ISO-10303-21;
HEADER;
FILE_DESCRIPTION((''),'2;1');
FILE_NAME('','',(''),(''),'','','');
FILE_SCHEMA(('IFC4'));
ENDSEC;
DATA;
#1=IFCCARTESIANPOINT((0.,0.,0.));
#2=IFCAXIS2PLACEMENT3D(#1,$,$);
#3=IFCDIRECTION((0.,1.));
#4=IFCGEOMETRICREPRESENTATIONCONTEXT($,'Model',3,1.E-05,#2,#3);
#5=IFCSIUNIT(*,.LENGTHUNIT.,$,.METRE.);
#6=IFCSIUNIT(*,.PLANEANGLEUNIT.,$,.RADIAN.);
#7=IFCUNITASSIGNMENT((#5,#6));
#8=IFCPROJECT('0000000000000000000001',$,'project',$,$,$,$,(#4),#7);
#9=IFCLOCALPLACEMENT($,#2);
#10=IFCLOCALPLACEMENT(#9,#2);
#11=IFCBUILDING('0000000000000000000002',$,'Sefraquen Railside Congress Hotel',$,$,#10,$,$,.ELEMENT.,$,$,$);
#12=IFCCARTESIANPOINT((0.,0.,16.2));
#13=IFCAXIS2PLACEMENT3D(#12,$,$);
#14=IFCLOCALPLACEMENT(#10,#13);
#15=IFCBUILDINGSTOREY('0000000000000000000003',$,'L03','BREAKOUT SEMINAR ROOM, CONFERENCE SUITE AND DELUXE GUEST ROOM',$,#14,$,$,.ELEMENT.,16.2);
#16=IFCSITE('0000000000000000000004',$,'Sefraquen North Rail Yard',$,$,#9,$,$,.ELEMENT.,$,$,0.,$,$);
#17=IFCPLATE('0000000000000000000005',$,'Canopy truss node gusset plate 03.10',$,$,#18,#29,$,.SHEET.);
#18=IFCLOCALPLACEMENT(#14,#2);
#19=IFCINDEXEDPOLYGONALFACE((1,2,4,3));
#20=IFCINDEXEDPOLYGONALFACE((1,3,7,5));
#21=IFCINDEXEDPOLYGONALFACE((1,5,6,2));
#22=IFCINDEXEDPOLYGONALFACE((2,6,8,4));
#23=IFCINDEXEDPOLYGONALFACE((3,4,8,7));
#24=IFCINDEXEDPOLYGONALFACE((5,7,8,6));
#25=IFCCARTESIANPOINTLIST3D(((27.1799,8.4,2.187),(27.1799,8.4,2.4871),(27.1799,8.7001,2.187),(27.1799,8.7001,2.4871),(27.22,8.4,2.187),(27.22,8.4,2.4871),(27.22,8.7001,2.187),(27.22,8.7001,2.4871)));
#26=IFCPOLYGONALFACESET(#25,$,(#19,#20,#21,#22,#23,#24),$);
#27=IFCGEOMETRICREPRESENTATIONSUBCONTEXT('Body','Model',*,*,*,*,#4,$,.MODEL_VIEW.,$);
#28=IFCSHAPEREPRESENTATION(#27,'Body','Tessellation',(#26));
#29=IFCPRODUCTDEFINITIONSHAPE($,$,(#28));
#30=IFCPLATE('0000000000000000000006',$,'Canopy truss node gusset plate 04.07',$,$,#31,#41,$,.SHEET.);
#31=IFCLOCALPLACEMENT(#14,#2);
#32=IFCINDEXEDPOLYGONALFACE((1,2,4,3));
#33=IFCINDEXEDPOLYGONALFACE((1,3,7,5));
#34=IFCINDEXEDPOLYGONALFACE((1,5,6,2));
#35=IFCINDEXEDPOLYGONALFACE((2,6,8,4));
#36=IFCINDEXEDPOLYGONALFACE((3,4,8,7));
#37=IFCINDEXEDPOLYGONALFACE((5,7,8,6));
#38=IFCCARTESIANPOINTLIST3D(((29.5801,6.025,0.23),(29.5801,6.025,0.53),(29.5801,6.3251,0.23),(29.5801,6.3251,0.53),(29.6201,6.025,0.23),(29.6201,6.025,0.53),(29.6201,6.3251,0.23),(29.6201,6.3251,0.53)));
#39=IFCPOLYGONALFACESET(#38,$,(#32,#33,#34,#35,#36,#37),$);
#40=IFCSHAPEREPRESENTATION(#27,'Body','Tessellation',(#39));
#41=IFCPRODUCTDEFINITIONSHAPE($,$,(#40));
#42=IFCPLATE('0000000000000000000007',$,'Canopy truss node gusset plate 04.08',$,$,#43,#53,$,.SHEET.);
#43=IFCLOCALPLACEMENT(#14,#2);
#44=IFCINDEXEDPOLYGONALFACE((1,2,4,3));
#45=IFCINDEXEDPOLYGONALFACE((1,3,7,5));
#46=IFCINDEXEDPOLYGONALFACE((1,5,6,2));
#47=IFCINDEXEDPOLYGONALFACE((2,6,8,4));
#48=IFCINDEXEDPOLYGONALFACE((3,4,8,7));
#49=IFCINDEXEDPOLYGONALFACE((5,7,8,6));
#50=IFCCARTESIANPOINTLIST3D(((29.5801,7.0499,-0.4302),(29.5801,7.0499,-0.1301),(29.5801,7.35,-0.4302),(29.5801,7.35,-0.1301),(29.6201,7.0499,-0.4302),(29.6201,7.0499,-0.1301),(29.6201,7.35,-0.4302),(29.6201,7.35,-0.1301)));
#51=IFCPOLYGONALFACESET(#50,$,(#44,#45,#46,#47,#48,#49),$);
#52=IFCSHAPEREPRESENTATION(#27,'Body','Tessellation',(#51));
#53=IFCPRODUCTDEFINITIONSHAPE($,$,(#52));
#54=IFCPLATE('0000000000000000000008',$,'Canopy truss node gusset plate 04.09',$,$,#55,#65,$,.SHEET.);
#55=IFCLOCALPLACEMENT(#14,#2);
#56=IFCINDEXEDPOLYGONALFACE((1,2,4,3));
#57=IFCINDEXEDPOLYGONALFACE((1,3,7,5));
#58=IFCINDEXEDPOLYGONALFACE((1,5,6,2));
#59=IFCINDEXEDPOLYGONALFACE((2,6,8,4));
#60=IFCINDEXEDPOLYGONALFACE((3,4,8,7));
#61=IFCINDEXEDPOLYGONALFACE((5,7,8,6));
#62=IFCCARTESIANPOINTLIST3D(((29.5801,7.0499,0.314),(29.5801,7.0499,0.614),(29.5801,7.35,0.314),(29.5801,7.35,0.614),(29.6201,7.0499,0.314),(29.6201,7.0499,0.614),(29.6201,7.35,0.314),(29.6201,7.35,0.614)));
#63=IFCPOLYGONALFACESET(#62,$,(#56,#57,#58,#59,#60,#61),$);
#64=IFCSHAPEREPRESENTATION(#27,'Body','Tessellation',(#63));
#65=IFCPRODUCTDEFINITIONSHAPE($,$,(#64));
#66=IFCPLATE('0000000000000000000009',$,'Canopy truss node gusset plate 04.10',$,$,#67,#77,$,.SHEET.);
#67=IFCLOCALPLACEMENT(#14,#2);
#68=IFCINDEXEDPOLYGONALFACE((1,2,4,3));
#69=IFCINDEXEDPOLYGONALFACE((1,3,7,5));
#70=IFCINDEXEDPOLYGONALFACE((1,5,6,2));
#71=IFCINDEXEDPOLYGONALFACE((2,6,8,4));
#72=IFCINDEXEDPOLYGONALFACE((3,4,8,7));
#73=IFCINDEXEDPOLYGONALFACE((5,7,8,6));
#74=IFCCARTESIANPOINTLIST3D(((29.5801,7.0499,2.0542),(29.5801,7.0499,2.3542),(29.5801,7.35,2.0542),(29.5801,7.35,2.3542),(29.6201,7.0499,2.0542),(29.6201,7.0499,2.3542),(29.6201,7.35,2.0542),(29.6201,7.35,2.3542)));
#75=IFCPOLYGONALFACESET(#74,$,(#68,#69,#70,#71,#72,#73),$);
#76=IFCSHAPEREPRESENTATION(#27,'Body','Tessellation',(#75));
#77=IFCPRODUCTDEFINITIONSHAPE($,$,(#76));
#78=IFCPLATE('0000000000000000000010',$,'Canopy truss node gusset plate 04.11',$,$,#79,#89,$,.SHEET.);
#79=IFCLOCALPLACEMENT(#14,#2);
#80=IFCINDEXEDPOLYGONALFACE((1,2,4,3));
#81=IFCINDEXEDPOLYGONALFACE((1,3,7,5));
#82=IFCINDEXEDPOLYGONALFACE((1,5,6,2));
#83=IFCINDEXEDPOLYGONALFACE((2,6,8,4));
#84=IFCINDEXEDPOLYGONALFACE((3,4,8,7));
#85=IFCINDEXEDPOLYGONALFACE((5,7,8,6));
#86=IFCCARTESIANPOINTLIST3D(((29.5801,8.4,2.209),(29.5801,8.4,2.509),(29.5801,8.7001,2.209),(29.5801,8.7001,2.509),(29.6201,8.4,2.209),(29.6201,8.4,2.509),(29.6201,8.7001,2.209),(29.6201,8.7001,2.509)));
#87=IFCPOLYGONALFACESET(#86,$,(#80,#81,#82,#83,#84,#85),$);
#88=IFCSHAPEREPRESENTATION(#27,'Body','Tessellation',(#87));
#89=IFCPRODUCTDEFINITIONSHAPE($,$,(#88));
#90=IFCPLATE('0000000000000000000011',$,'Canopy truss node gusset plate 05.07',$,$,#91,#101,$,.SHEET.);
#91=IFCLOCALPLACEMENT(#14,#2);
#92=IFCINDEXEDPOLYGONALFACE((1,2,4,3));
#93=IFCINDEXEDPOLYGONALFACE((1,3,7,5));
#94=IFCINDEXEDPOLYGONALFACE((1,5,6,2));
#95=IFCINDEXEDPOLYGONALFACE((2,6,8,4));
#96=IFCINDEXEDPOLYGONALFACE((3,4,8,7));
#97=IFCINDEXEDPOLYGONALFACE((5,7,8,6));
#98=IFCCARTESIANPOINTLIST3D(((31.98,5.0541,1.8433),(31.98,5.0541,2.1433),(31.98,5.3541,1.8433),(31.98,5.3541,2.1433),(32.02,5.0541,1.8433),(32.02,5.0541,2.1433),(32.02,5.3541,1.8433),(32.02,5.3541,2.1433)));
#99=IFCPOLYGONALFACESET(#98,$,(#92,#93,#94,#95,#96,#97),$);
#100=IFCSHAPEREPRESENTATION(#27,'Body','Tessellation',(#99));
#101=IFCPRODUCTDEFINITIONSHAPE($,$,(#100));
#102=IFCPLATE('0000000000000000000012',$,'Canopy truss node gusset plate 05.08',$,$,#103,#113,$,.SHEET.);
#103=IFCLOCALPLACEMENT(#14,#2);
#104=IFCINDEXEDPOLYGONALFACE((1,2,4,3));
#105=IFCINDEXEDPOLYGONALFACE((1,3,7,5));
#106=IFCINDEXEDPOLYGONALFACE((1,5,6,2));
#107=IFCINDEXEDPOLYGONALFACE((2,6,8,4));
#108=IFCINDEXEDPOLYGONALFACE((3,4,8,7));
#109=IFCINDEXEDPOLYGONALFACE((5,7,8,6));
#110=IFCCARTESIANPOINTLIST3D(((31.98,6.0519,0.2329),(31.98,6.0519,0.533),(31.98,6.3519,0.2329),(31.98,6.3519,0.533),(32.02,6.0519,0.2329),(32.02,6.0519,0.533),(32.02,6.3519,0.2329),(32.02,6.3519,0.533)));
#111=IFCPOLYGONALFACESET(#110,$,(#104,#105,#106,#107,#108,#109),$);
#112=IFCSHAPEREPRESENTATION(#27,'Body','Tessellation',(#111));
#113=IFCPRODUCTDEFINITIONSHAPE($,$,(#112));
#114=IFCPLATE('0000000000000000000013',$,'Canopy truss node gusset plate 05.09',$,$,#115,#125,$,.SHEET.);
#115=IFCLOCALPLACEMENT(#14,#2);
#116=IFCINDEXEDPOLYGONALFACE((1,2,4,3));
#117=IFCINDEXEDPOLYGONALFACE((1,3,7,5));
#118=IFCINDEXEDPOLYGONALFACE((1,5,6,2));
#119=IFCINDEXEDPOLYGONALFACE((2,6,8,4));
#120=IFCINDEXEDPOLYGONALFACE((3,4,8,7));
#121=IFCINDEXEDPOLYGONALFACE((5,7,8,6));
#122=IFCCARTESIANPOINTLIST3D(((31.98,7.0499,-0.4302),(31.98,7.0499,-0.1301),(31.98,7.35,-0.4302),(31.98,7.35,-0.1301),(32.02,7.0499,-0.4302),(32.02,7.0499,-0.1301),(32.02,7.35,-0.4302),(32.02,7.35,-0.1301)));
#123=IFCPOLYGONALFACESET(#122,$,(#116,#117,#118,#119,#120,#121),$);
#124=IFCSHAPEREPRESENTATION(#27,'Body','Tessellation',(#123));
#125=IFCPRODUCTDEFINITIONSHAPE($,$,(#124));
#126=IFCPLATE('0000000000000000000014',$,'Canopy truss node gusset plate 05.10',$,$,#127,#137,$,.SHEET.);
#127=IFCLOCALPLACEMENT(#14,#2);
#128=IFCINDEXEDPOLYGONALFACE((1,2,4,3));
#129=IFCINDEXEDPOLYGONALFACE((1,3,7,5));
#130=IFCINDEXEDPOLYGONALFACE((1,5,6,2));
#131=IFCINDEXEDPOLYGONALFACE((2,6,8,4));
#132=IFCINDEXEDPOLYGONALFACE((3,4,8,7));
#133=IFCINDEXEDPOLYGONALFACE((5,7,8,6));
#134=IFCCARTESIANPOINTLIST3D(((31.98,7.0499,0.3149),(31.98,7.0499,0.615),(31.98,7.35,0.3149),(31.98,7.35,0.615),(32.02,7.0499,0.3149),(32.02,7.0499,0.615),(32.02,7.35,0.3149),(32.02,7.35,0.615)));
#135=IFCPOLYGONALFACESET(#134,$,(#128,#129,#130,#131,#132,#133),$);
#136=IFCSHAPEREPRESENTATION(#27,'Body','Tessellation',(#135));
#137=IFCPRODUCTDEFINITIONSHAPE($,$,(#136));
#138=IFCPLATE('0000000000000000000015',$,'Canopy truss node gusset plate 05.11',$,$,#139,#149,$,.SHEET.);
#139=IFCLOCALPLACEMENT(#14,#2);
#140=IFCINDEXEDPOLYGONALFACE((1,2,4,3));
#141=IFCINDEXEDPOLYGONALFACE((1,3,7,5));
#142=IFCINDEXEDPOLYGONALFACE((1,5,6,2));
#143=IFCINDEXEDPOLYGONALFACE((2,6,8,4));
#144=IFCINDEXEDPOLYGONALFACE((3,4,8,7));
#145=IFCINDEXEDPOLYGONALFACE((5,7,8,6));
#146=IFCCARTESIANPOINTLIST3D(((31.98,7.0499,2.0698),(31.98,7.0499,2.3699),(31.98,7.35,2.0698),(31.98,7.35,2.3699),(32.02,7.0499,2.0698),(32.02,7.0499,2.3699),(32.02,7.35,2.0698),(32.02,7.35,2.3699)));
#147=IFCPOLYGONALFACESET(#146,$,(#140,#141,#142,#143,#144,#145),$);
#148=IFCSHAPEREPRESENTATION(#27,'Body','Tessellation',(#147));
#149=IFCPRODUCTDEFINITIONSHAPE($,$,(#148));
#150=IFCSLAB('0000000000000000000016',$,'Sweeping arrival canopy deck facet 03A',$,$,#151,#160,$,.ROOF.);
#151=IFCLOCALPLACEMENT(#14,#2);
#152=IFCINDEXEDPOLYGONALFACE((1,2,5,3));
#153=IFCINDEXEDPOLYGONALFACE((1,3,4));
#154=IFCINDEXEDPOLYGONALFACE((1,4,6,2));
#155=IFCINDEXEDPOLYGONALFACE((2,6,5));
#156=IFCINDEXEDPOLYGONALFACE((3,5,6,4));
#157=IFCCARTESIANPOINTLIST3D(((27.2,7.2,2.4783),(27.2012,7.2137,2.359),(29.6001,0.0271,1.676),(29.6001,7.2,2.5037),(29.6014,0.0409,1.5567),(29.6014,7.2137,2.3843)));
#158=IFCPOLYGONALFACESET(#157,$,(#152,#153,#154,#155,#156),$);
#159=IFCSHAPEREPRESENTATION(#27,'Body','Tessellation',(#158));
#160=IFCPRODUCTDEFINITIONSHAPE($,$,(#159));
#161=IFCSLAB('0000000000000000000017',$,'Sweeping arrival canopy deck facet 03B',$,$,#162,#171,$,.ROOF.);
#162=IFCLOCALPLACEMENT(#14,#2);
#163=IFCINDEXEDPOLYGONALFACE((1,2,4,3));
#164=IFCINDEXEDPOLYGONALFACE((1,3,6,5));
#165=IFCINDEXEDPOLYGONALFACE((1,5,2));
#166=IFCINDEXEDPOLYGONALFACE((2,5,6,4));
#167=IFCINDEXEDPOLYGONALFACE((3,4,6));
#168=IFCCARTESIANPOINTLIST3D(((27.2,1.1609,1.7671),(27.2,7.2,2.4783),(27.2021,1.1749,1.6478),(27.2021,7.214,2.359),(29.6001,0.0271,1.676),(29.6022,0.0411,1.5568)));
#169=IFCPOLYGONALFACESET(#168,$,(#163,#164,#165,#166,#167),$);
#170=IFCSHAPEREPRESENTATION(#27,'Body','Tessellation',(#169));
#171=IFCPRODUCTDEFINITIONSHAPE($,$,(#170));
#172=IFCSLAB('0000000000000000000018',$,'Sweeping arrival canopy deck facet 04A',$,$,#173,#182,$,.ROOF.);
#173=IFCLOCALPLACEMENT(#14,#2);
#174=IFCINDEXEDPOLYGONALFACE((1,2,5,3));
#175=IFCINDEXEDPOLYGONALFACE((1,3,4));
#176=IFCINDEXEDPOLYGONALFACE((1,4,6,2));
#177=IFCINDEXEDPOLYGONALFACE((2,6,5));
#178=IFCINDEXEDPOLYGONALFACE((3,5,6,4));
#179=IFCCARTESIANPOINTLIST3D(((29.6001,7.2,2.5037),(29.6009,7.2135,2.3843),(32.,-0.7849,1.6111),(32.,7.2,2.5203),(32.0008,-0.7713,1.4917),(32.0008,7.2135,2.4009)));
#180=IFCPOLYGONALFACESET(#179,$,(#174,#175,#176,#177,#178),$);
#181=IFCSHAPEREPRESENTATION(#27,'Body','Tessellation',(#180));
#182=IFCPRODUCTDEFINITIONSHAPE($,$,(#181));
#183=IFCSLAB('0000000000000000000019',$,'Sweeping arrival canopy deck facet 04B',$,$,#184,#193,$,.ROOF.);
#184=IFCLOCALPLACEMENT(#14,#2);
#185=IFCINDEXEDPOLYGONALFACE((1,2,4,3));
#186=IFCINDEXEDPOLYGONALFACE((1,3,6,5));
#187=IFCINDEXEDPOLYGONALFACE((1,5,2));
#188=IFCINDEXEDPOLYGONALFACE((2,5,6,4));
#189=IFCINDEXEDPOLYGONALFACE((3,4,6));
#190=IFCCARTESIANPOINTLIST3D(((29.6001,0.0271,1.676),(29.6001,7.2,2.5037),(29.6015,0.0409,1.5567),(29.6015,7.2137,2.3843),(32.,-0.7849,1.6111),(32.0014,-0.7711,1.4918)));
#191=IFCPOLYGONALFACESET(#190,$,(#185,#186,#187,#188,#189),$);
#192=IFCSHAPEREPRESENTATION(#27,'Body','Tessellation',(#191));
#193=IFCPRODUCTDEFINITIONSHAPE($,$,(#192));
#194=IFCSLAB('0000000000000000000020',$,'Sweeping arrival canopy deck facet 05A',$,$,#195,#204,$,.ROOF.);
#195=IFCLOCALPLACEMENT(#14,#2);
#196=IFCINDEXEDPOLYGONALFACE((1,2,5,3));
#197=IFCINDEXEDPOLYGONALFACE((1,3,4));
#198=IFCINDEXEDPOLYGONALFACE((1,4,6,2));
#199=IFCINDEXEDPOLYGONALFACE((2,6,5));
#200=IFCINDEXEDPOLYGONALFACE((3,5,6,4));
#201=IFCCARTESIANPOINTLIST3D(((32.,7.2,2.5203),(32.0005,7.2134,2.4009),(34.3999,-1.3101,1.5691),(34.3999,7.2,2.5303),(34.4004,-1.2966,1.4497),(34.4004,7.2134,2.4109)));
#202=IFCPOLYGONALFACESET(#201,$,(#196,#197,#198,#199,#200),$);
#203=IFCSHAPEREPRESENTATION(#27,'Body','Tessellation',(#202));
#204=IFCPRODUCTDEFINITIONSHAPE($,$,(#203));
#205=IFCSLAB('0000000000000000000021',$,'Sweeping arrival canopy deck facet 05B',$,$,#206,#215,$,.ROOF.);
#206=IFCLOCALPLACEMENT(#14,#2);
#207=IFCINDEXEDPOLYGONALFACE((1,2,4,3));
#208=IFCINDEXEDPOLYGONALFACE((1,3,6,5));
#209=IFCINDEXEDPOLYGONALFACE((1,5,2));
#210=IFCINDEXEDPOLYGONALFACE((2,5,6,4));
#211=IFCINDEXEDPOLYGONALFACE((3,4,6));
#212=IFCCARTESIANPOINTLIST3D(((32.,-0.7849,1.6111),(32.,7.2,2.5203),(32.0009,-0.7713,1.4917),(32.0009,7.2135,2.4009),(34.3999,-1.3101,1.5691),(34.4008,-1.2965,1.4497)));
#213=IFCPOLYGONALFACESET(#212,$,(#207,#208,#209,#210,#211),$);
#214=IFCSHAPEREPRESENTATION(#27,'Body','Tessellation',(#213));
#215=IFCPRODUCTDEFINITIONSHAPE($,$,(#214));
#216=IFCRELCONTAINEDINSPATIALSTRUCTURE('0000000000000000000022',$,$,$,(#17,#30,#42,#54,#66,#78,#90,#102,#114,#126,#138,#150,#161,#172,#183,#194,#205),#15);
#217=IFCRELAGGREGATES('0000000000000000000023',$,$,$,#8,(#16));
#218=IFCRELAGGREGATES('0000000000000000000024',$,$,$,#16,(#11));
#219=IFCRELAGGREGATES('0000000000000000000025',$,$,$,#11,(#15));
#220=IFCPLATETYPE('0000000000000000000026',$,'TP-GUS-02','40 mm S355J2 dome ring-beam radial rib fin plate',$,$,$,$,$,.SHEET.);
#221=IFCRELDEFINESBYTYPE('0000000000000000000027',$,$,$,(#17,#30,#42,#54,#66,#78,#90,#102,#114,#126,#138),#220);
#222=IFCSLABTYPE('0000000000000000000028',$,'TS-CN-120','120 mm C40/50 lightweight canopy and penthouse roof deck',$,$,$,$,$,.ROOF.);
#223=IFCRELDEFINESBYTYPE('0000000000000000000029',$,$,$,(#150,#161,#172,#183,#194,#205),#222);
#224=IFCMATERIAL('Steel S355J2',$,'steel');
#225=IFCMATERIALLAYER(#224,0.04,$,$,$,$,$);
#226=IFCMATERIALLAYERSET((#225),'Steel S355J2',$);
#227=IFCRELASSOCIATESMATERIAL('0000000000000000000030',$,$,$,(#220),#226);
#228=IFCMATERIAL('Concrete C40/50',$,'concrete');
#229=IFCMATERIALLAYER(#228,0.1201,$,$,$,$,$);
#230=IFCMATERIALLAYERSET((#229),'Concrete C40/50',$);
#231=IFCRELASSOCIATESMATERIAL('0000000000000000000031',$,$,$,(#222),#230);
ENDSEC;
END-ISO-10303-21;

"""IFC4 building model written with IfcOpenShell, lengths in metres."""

from ifc_helpers import new_model, si_unit, direction, frame, origin, origin_2d, place, context, subcontext, project, spatial, polyline, rectangle, outline, extrude, material, layer, layer_set, type_object, element, save


model = new_model("IFC4")

# Units and contexts
model_context = context("Model", 3, precision=1e-05, world=origin(), true_north=direction((0.0, 1.0)))
body_context = subcontext(model_context, "Body", "Model", "MODEL_VIEW")
ifc_project = project(units=[si_unit("LENGTHUNIT", "METRE"), si_unit("PLANEANGLEUNIT", "RADIAN")], contexts=[model_context])

# Site, building, storey
site_placement = place(None, origin())
site = spatial("IfcSite", under=ifc_project, at=site_placement, Name="Sefraquen North Rail Yard", CompositionType="ELEMENT", RefElevation=0.0)
building_placement = place(site_placement, origin())
building = spatial("IfcBuilding", under=site, at=building_placement, Name="Sefraquen Railside Congress Hotel", CompositionType="ELEMENT")
storey_placement = place(building_placement, frame((0.0, 0.0, 16.2)))
storey = spatial("IfcBuildingStorey", under=building, at=storey_placement, Name="L03", Description="BREAKOUT SEMINAR ROOM, CONFERENCE SUITE AND DELUXE GUEST ROOM", CompositionType="ELEMENT", Elevation=16.2)

# Shared definitions
ifc_material_1 = material(Name="Steel S355J2", Category="steel")

# Plates
ifc_layer_1 = layer(ifc_material_1, 0.04)
ifc_layer_set_1 = layer_set([ifc_layer_1], Name="Steel S355J2")
plate_type = type_object("IfcPlateType", Name="TP-GUS-02", Description="40 mm S355J2 dome ring-beam radial rib fin plate", PredefinedType="SHEET", material=ifc_layer_set_1)
for number, where, z_axis, x_axis, name in (
    (1, (27.2, 8.55, 2.187), (0.0, 0.0, 1.0), (1.0, 0.0, 0.0), "Canopy truss node gusset plate 03.10"),
    (2, (29.6001, 6.175, 0.23), (0.0, 0.0, 1.0), (1.0, 0.0, 0.0), "Canopy truss node gusset plate 04.07"),
    (3, (29.6001, 7.2, -0.4302), (0.0, 0.0, 1.0), (1.0, 0.0, 0.0), "Canopy truss node gusset plate 04.08"),
    (4, (29.6001, 7.2, 0.314), (0.0, 0.0, 1.0), (1.0, 0.0, 0.0), "Canopy truss node gusset plate 04.09"),
    (5, (29.6001, 7.2, 2.0542), (0.0, 0.0, 1.0), (1.0, 0.0, 0.0), "Canopy truss node gusset plate 04.10"),
    (6, (29.6001, 8.55, 2.209), (0.0, 0.0, 1.0), (1.0, 0.0, 0.0), "Canopy truss node gusset plate 04.11"),
    (7, (32.0, 5.2041, 1.8433), (0.0, 0.0, 1.0), (1.0, 0.0, 0.0), "Canopy truss node gusset plate 05.07"),
    (8, (32.0, 6.2019, 0.2329), (0.0, 0.0, 1.0), (1.0, 0.0, 0.0), "Canopy truss node gusset plate 05.08"),
    (9, (32.0, 7.2, -0.4302), (0.0, 0.0, 1.0), (1.0, 0.0, 0.0), "Canopy truss node gusset plate 05.09"),
    (10, (32.0, 7.2, 0.3149), (0.0, 0.0, 1.0), (1.0, 0.0, 0.0), "Canopy truss node gusset plate 05.10"),
    (11, (32.0, 7.2, 2.0698), (0.0, 0.0, 1.0), (1.0, 0.0, 0.0), "Canopy truss node gusset plate 05.11"),
):
    element("IfcPlate", number, at=place(storey_placement, frame(where, z_axis=z_axis, x_axis=x_axis)), inside=storey, type_object=plate_type, Name=name, PredefinedType="SHEET", context=body_context, shape_type="SweptSolid", body=[
        extrude(rectangle(XDim=0.04, YDim=0.3, at=origin_2d()), origin(), (0.0, 0.0, 1.0), 0.3),
    ])

# Slabs
ifc_material_2 = material(Name="Concrete C40/50", Category="concrete")
ifc_layer_2 = layer(ifc_material_2, 0.1201)
ifc_layer_set_2 = layer_set([ifc_layer_2], Name="Concrete C40/50")
slab_type = type_object("IfcSlabType", Name="TS-CN-120", Description="120 mm C40/50 lightweight canopy and penthouse roof deck", PredefinedType="ROOF", material=ifc_layer_set_2)
slab_1_placement = place(storey_placement, frame((27.2, 7.2, 2.4783), z_axis=(-0.010508, -0.114618, 0.993354), x_axis=(0.999944, 0.0, 0.010578)))
element("IfcSlab", 12, at=slab_1_placement, inside=storey, type_object=slab_type, Name="Sweeping arrival canopy deck facet 03A", PredefinedType="ROOF", context=body_context, shape_type="SweptSolid", body=[
    extrude(outline(polyline([(0.0, 0.0), (2.4003, 0.0), (2.3915, -7.2204), (0.0, 0.0)])), origin(), (0.0, 0.0, -1.0), 0.1201),
])
slab_2_placement = place(storey_placement, frame((27.2, 7.2, 2.4783), z_axis=(-0.017564, -0.116937, 0.992984), x_axis=(0.315552, -0.943028, -0.105473)))
element("IfcSlab", 13, at=slab_2_placement, inside=storey, type_object=slab_type, Name="Sweeping arrival canopy deck facet 03B", PredefinedType="ROOF", context=body_context, shape_type="SweptSolid", body=[
    extrude(outline(polyline([(0.0, 0.0), (7.6062, 0.0), (5.77, -1.9191), (0.0, 0.0)])), origin(), (0.0, 0.0, -1.0), 0.1201),
])
slab_3_placement = place(storey_placement, frame((29.6001, 7.2, 2.5037), z_axis=(-0.006873, -0.113129, 0.993557), x_axis=(0.999976, 0.0, 0.006917)))
element("IfcSlab", 14, at=slab_3_placement, inside=storey, type_object=slab_type, Name="Sweeping arrival canopy deck facet 04A", PredefinedType="ROOF", context=body_context, shape_type="SweptSolid", body=[
    extrude(outline(polyline([(0.0, 0.0), (2.4, 0.0), (2.3937, -8.0365), (0.0, 0.0)])), origin(), (0.0, 0.0, -1.0), 0.1201),
])
slab_4_placement = place(storey_placement, frame((29.6001, 7.2, 2.5037), z_axis=(-0.011901, -0.114616, 0.993339), x_axis=(0.286201, -0.952239, -0.106445)))
element("IfcSlab", 15, at=slab_4_placement, inside=storey, type_object=slab_type, Name="Sweeping arrival canopy deck facet 04B", PredefinedType="ROOF", context=body_context, shape_type="SweptSolid", body=[
    extrude(outline(polyline([(0.0, 0.0), (8.3854, 0.0), (6.9184, -2.0666), (0.0, 0.0)])), origin(), (0.0, 0.0, -1.0), 0.1201),
])
slab_5_placement = place(storey_placement, frame((32.0, 7.2, 2.5203), z_axis=(-0.004145, -0.112233, 0.993673), x_axis=(0.999991, 0.0, 0.004171)))
element("IfcSlab", 16, at=slab_5_placement, inside=storey, type_object=slab_type, Name="Sweeping arrival canopy deck facet 05A", PredefinedType="ROOF", context=body_context, shape_type="SweptSolid", body=[
    extrude(outline(polyline([(0.0, 0.0), (2.3999, 0.0), (2.3959, -8.5641), (0.0, 0.0)])), origin(), (0.0, 0.0, -1.0), 0.1201),
])
slab_6_placement = place(storey_placement, frame((32.0, 7.2, 2.5203), z_axis=(-0.00737, -0.113129, 0.993553), x_axis=(0.269866, -0.956939, -0.106958)))
element("IfcSlab", 17, at=slab_6_placement, inside=storey, type_object=slab_type, Name="Sweeping arrival canopy deck facet 05B", PredefinedType="ROOF", context=body_context, shape_type="SweptSolid", body=[
    extrude(outline(polyline([(0.0, 0.0), (8.8929, 0.0), (7.7383, -2.1688), (0.0, 0.0)])), origin(), (0.0, 0.0, -1.0), 0.1201),
])

save(model, "model.ifc")
